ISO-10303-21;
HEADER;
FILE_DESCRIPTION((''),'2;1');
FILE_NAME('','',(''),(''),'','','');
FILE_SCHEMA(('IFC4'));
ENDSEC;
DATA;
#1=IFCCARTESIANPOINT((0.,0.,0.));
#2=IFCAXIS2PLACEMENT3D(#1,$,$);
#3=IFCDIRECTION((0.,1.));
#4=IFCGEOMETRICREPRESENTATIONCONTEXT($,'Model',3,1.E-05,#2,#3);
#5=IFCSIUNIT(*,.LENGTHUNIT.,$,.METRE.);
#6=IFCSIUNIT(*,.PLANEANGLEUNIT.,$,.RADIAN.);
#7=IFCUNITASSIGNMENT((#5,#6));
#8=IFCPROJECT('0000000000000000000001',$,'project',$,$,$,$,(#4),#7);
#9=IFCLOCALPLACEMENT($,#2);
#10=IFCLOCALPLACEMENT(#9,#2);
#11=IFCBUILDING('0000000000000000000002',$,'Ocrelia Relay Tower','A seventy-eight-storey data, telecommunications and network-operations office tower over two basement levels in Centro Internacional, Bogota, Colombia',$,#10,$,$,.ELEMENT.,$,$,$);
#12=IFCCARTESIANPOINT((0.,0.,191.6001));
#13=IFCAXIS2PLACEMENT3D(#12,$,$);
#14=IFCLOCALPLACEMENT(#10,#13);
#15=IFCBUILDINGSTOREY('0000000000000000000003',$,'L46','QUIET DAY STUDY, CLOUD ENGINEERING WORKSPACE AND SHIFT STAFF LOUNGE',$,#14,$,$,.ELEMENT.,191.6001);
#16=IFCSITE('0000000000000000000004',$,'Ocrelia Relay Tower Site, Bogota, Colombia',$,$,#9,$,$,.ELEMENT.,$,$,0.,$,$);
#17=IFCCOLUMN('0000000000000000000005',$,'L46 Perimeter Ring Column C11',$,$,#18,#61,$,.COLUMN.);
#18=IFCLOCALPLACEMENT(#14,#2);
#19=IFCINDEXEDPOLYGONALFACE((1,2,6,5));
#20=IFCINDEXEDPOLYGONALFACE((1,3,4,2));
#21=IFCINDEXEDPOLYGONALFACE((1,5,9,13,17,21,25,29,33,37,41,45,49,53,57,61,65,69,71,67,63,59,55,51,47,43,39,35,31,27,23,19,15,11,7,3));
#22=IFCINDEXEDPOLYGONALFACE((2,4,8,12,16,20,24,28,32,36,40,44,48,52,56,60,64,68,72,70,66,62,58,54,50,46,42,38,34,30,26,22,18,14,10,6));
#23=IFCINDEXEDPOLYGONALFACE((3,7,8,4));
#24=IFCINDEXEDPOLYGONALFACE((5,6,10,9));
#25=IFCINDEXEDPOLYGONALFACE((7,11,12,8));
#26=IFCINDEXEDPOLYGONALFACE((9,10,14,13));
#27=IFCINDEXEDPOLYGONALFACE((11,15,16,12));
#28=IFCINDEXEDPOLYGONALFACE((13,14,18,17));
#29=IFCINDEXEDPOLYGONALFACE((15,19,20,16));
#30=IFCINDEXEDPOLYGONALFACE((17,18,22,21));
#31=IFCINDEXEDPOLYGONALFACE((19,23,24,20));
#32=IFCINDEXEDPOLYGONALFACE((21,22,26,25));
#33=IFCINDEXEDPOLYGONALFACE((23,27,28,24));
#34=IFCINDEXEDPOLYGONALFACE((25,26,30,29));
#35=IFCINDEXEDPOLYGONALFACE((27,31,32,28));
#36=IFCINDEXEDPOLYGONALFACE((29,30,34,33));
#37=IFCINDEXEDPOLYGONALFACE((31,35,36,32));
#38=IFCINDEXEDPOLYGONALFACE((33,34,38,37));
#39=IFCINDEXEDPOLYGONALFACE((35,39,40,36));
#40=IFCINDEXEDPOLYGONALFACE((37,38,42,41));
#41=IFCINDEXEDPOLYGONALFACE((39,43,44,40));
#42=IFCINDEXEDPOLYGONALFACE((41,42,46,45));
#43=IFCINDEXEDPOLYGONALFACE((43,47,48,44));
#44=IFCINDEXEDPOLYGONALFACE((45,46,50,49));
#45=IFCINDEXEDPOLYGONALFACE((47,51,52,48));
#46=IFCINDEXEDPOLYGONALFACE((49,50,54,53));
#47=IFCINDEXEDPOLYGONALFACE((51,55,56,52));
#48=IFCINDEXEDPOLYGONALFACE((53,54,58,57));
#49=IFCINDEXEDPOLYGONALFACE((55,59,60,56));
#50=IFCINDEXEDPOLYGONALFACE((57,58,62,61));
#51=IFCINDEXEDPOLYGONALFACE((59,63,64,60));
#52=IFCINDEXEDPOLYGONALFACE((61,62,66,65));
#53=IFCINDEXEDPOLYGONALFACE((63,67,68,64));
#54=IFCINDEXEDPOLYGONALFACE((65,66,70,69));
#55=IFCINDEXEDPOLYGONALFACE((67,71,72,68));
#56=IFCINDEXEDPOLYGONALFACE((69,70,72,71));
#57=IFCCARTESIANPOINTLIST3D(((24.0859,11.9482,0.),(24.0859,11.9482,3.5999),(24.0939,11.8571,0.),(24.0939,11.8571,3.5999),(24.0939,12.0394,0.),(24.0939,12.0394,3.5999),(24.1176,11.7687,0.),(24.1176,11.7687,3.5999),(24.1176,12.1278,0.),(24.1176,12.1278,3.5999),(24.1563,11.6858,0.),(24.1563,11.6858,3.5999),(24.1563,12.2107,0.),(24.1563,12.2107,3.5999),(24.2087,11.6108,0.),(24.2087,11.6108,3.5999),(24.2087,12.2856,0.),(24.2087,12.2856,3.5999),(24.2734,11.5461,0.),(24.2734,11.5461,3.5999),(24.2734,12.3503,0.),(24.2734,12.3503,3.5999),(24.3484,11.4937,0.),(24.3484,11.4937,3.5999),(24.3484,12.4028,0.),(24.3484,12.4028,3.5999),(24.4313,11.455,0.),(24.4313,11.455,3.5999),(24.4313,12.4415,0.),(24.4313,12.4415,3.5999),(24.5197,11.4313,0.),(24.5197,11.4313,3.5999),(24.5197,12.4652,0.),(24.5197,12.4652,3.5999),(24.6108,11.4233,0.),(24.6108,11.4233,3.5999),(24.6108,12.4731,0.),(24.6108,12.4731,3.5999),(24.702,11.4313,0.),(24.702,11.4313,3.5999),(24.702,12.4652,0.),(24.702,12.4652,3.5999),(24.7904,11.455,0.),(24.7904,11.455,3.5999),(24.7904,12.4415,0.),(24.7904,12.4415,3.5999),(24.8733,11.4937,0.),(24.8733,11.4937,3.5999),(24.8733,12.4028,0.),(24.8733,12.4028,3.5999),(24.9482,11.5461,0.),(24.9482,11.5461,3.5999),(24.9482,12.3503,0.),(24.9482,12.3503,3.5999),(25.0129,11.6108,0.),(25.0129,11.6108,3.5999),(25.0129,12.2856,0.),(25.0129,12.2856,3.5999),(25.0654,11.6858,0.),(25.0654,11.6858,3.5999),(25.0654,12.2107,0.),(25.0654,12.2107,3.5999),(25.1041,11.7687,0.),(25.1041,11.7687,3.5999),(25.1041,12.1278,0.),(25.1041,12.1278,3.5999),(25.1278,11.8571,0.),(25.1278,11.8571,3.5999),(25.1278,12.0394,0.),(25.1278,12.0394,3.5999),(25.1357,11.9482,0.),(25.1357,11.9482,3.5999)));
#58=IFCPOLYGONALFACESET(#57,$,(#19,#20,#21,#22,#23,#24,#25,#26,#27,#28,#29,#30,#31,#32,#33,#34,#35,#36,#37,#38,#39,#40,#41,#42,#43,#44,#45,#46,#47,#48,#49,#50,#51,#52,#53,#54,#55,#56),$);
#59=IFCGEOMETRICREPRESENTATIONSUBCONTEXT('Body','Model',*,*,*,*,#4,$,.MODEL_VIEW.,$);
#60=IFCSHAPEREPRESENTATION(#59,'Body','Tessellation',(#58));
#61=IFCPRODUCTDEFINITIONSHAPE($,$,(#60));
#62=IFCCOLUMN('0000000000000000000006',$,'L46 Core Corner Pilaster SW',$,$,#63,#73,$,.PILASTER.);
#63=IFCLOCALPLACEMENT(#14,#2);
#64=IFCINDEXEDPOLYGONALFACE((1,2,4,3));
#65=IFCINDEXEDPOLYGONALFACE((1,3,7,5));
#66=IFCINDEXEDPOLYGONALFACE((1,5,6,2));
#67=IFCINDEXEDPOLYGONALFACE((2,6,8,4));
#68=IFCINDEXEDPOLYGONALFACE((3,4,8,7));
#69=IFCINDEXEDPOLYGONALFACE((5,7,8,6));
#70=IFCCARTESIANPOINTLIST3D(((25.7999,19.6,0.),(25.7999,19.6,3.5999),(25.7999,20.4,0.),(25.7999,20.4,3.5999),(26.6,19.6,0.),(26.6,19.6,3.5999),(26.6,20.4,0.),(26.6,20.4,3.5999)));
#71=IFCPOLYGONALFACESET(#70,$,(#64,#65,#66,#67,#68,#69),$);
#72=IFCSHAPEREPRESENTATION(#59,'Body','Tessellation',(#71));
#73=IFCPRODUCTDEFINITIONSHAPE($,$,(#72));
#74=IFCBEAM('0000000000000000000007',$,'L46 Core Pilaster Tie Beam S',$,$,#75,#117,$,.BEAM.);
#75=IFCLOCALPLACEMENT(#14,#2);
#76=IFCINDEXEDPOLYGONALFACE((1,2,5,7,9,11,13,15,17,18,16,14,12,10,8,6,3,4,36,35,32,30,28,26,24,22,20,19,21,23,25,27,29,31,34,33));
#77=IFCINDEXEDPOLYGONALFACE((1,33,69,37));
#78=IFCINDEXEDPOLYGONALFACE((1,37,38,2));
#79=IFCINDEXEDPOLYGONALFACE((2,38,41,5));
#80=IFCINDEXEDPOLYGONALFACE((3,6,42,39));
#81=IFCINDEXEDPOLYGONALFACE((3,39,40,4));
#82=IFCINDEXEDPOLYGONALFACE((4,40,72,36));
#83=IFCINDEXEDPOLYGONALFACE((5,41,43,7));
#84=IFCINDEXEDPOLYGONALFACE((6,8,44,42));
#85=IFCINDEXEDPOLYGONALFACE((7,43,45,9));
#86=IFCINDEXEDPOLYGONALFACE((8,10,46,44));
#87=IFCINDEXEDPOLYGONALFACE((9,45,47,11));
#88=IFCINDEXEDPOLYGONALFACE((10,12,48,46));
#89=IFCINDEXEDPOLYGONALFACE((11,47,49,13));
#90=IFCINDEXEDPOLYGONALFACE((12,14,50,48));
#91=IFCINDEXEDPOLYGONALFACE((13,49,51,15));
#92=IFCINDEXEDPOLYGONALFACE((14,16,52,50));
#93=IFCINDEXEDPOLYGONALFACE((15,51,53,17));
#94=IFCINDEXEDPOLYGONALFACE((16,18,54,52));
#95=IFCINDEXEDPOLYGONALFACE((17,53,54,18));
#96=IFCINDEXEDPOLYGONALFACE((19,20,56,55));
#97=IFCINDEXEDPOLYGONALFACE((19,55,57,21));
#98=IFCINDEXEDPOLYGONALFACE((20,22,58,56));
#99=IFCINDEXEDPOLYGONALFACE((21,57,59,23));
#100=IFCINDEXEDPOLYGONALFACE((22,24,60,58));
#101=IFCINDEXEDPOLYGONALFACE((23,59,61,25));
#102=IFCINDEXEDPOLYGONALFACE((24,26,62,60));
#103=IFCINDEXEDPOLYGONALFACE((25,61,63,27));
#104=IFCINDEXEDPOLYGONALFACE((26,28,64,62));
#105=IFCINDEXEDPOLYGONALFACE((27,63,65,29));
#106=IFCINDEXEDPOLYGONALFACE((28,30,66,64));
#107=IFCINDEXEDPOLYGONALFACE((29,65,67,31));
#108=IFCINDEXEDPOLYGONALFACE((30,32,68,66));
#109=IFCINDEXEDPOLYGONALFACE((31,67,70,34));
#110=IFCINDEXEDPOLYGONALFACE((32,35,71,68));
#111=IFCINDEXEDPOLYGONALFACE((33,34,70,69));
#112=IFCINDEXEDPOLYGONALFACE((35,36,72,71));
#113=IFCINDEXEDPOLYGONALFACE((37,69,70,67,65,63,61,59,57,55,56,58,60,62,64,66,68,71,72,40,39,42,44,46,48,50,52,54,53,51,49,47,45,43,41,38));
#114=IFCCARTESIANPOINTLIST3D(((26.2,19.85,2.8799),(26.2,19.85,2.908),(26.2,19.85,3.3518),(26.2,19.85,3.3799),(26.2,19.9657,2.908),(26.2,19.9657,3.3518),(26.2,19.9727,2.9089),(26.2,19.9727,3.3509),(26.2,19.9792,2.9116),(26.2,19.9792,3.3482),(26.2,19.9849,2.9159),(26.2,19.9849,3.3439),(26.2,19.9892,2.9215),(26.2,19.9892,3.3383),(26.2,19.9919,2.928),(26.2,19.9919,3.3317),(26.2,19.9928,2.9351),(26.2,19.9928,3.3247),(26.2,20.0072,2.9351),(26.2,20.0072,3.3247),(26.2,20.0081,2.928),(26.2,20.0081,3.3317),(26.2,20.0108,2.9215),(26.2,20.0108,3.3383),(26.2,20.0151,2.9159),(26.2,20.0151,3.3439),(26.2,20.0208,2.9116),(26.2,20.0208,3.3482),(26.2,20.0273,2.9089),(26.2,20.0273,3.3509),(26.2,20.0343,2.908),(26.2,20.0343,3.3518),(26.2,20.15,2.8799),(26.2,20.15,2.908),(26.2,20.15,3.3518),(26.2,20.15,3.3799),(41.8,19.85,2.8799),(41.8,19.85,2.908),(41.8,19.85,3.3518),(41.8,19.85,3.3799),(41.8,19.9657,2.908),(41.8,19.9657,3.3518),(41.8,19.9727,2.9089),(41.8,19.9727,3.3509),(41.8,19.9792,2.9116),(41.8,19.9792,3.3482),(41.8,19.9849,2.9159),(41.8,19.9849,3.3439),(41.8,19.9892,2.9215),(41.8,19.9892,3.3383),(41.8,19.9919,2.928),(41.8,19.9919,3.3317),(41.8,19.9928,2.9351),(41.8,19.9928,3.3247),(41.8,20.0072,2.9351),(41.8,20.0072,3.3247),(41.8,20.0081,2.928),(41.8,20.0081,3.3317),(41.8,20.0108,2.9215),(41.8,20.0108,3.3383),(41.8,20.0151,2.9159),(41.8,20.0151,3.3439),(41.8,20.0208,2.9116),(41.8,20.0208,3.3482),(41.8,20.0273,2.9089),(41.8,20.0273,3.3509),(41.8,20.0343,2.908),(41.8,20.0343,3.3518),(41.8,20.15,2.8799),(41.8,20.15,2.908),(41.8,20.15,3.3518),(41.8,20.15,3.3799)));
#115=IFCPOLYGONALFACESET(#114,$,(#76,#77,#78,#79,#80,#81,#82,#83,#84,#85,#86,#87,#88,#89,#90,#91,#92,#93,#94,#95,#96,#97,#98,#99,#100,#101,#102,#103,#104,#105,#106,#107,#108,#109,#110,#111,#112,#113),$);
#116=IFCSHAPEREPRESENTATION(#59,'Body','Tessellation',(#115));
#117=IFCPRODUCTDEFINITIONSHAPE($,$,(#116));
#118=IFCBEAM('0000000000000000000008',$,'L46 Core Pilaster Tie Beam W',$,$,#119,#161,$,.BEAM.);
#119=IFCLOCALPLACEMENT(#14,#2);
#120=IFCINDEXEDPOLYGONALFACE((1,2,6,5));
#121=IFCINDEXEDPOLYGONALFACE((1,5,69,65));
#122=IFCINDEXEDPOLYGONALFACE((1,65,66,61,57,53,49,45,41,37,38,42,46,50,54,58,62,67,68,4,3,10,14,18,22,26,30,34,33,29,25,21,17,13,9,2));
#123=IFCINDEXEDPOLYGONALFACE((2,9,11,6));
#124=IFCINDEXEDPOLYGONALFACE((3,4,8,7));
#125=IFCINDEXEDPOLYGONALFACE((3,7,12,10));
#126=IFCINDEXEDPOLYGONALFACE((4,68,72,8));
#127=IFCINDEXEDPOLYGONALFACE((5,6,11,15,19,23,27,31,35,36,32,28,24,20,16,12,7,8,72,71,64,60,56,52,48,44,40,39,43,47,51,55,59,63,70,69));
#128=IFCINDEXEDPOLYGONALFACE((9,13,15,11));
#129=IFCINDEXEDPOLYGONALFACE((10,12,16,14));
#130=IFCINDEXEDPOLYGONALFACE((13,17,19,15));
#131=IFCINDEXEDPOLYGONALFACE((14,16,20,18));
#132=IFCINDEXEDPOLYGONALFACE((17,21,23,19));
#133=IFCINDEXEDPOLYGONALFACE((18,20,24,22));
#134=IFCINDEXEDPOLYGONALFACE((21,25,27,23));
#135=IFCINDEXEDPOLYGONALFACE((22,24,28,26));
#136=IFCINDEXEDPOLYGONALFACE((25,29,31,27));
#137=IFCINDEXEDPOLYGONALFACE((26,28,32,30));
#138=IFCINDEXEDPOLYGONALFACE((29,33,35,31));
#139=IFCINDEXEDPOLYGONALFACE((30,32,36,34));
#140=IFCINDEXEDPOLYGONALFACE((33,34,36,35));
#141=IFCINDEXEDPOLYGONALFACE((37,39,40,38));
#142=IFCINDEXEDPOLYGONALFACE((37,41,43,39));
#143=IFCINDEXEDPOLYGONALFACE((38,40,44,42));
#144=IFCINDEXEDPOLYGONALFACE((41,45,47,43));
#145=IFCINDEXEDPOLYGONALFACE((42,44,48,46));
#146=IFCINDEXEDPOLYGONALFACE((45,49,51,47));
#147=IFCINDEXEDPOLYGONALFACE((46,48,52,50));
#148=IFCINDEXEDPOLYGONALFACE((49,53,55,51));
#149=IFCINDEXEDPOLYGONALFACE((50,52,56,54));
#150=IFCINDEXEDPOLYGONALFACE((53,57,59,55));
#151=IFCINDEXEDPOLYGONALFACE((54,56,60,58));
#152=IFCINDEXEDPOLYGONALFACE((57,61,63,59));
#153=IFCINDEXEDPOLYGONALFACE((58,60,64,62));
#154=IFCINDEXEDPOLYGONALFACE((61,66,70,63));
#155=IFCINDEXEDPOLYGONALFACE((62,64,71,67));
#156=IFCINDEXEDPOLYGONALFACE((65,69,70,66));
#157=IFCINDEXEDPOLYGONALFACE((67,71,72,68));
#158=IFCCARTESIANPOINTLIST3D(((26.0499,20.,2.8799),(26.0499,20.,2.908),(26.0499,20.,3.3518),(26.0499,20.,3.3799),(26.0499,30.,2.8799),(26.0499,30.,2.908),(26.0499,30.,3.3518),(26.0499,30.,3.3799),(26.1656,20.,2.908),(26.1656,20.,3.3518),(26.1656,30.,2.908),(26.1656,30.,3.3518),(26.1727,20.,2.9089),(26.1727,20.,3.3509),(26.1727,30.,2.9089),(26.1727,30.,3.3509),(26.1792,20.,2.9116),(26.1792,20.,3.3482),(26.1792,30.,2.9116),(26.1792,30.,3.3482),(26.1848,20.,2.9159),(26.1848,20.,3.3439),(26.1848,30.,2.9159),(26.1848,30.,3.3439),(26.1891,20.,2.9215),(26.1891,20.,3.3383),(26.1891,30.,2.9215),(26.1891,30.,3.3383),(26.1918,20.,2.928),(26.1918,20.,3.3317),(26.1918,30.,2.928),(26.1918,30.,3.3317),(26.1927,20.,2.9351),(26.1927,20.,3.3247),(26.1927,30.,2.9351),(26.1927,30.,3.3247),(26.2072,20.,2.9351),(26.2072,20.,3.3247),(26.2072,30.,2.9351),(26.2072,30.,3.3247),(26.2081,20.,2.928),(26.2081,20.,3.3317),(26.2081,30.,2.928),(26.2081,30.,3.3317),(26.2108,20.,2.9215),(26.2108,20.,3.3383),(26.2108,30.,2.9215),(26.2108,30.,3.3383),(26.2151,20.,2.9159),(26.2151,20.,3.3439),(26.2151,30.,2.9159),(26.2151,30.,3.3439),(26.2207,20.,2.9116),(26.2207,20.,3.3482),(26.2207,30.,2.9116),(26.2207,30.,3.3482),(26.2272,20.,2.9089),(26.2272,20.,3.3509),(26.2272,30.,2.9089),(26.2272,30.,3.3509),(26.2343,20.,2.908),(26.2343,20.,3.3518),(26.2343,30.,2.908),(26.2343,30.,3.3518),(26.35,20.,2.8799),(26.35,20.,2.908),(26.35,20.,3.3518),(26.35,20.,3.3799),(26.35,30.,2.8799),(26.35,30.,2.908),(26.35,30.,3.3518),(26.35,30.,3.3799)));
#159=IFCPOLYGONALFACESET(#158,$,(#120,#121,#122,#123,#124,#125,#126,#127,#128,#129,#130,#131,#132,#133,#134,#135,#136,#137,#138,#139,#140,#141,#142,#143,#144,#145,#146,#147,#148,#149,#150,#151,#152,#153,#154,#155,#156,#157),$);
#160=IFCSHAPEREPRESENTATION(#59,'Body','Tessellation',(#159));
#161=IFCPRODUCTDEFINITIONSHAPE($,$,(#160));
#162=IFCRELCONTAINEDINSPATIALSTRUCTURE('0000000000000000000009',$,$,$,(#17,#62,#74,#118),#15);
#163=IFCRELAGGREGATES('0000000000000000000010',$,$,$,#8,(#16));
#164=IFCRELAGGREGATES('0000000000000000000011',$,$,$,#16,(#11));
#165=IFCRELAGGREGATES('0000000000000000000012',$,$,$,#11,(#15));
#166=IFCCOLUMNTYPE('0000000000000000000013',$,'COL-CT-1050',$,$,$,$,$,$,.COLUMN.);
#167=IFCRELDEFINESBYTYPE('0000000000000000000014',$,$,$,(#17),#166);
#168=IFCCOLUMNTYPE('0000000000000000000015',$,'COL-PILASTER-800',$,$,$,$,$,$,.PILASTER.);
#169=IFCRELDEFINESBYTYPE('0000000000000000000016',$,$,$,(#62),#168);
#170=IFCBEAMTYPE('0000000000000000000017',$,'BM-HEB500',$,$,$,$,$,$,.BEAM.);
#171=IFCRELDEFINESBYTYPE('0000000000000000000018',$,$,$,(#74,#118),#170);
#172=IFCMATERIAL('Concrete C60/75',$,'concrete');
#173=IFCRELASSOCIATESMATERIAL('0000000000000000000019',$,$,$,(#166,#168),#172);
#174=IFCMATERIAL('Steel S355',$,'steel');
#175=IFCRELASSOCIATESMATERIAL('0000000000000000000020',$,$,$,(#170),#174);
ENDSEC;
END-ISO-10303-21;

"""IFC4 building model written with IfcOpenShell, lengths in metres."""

from ifc_helpers import new_model, si_unit, direction, frame, origin, origin_2d, place, context, subcontext, project, spatial, rectangle, circle, i_section, extrude, material, material_profile, profile_set, type_object, element, save


model = new_model("IFC4")

# Units and contexts
model_context = context("Model", 3, precision=1e-05, world=origin(), true_north=direction((0.0, 1.0)))
body_context = subcontext(model_context, "Body", "Model", "MODEL_VIEW")
ifc_project = project(units=[si_unit("LENGTHUNIT", "METRE"), si_unit("PLANEANGLEUNIT", "RADIAN")], contexts=[model_context])

# Site, building, storey
site_placement = place(None, origin())
site = spatial("IfcSite", under=ifc_project, at=site_placement, Name="Ocrelia Relay Tower Site, Bogota, Colombia", CompositionType="ELEMENT", RefElevation=0.0)
building_placement = place(site_placement, origin())
building = spatial("IfcBuilding", under=site, at=building_placement, Name="Ocrelia Relay Tower", Description="A seventy-eight-storey data, telecommunications and network-operations office tower over two basement levels in Centro Internacional, Bogota, Colombia", CompositionType="ELEMENT")
storey_placement = place(building_placement, frame((0.0, 0.0, 191.6001)))
storey = spatial("IfcBuildingStorey", under=building, at=storey_placement, Name="L46", Description="QUIET DAY STUDY, CLOUD ENGINEERING WORKSPACE AND SHIFT STAFF LOUNGE", CompositionType="ELEMENT", Elevation=191.6001)

# Columns
ifc_material_1 = material(Name="Concrete C60/75", Category="concrete")
ifc_material_profile_1 = material_profile(ifc_material_1, circle(Radius=0.5249, at=origin_2d()), Name="RC-CIR-1050")
ifc_profile_set_1 = profile_set([ifc_material_profile_1], Name="Concrete C60/75")
column_type_1 = type_object("IfcColumnType", Name="COL-CT-1050", PredefinedType="COLUMN", material=ifc_profile_set_1)
column_1_placement = place(storey_placement, frame((24.6108, 11.9482, 0.0), z_axis=(0.0, 0.0, 1.0), x_axis=(1.0, 0.0, 0.0)))
element("IfcColumn", 1, at=column_1_placement, inside=storey, type_object=column_type_1, Name="L46 Perimeter Ring Column C11", PredefinedType="COLUMN", context=body_context, shape_type="SweptSolid", body=[
    extrude(circle(Radius=0.5249, at=origin_2d()), origin(), (0.0, 0.0, 1.0), 3.5999),
])
ifc_material_profile_2 = material_profile(ifc_material_1, rectangle(XDim=0.8, YDim=0.8, at=origin_2d()), Name="RC-COL-800x800")
ifc_profile_set_2 = profile_set([ifc_material_profile_2], Name="Concrete C60/75")
column_type_2 = type_object("IfcColumnType", Name="COL-PILASTER-800", PredefinedType="PILASTER", material=ifc_profile_set_2)
column_2_placement = place(storey_placement, frame((26.2, 20.0, 0.0), z_axis=(0.0, 0.0, 1.0), x_axis=(1.0, 0.0, 0.0)))
element("IfcColumn", 2, at=column_2_placement, inside=storey, type_object=column_type_2, Name="L46 Core Corner Pilaster SW", PredefinedType="PILASTER", context=body_context, shape_type="SweptSolid", body=[
    extrude(rectangle(XDim=0.8, YDim=0.8, at=origin_2d()), origin(), (0.0, 0.0, 1.0), 3.5999),
])

# Beams
ifc_material_2 = material(Name="Steel S355", Category="steel")
ifc_material_profile_3 = material_profile(ifc_material_2, i_section(OverallWidth=0.3, OverallDepth=0.5, WebThickness=0.0144, FlangeThickness=0.0281, FilletRadius=0.0271, at=origin_2d()), Name="HEB 500")
ifc_profile_set_3 = profile_set([ifc_material_profile_3], Name="Steel S355")
beam_type_1 = type_object("IfcBeamType", Name="BM-HEB500", PredefinedType="BEAM", material=ifc_profile_set_3)
beam_1_placement = place(storey_placement, frame((26.2, 20.0, 3.1299), z_axis=(1.0, 0.0, 0.0), x_axis=(0.0, 1.0, 0.0)))
element("IfcBeam", 3, at=beam_1_placement, inside=storey, type_object=beam_type_1, Name="L46 Core Pilaster Tie Beam S", PredefinedType="BEAM", context=body_context, shape_type="SweptSolid", body=[
    extrude(i_section(OverallWidth=0.3, OverallDepth=0.5, WebThickness=0.0144, FlangeThickness=0.0281, FilletRadius=0.0271, at=origin_2d()), origin(), (0.0, 0.0, 1.0), 15.6001),
])
beam_2_placement = place(storey_placement, frame((26.2, 20.0, 3.1299), z_axis=(0.0, 1.0, 0.0), x_axis=(-1.0, 0.0, 0.0)))
element("IfcBeam", 4, at=beam_2_placement, inside=storey, type_object=beam_type_1, Name="L46 Core Pilaster Tie Beam W", PredefinedType="BEAM", context=body_context, shape_type="SweptSolid", body=[
    extrude(i_section(OverallWidth=0.3, OverallDepth=0.5, WebThickness=0.0144, FlangeThickness=0.0281, FilletRadius=0.0271, at=origin_2d()), origin(), (0.0, 0.0, 1.0), 10.0),
])

save(model, "model.ifc")
